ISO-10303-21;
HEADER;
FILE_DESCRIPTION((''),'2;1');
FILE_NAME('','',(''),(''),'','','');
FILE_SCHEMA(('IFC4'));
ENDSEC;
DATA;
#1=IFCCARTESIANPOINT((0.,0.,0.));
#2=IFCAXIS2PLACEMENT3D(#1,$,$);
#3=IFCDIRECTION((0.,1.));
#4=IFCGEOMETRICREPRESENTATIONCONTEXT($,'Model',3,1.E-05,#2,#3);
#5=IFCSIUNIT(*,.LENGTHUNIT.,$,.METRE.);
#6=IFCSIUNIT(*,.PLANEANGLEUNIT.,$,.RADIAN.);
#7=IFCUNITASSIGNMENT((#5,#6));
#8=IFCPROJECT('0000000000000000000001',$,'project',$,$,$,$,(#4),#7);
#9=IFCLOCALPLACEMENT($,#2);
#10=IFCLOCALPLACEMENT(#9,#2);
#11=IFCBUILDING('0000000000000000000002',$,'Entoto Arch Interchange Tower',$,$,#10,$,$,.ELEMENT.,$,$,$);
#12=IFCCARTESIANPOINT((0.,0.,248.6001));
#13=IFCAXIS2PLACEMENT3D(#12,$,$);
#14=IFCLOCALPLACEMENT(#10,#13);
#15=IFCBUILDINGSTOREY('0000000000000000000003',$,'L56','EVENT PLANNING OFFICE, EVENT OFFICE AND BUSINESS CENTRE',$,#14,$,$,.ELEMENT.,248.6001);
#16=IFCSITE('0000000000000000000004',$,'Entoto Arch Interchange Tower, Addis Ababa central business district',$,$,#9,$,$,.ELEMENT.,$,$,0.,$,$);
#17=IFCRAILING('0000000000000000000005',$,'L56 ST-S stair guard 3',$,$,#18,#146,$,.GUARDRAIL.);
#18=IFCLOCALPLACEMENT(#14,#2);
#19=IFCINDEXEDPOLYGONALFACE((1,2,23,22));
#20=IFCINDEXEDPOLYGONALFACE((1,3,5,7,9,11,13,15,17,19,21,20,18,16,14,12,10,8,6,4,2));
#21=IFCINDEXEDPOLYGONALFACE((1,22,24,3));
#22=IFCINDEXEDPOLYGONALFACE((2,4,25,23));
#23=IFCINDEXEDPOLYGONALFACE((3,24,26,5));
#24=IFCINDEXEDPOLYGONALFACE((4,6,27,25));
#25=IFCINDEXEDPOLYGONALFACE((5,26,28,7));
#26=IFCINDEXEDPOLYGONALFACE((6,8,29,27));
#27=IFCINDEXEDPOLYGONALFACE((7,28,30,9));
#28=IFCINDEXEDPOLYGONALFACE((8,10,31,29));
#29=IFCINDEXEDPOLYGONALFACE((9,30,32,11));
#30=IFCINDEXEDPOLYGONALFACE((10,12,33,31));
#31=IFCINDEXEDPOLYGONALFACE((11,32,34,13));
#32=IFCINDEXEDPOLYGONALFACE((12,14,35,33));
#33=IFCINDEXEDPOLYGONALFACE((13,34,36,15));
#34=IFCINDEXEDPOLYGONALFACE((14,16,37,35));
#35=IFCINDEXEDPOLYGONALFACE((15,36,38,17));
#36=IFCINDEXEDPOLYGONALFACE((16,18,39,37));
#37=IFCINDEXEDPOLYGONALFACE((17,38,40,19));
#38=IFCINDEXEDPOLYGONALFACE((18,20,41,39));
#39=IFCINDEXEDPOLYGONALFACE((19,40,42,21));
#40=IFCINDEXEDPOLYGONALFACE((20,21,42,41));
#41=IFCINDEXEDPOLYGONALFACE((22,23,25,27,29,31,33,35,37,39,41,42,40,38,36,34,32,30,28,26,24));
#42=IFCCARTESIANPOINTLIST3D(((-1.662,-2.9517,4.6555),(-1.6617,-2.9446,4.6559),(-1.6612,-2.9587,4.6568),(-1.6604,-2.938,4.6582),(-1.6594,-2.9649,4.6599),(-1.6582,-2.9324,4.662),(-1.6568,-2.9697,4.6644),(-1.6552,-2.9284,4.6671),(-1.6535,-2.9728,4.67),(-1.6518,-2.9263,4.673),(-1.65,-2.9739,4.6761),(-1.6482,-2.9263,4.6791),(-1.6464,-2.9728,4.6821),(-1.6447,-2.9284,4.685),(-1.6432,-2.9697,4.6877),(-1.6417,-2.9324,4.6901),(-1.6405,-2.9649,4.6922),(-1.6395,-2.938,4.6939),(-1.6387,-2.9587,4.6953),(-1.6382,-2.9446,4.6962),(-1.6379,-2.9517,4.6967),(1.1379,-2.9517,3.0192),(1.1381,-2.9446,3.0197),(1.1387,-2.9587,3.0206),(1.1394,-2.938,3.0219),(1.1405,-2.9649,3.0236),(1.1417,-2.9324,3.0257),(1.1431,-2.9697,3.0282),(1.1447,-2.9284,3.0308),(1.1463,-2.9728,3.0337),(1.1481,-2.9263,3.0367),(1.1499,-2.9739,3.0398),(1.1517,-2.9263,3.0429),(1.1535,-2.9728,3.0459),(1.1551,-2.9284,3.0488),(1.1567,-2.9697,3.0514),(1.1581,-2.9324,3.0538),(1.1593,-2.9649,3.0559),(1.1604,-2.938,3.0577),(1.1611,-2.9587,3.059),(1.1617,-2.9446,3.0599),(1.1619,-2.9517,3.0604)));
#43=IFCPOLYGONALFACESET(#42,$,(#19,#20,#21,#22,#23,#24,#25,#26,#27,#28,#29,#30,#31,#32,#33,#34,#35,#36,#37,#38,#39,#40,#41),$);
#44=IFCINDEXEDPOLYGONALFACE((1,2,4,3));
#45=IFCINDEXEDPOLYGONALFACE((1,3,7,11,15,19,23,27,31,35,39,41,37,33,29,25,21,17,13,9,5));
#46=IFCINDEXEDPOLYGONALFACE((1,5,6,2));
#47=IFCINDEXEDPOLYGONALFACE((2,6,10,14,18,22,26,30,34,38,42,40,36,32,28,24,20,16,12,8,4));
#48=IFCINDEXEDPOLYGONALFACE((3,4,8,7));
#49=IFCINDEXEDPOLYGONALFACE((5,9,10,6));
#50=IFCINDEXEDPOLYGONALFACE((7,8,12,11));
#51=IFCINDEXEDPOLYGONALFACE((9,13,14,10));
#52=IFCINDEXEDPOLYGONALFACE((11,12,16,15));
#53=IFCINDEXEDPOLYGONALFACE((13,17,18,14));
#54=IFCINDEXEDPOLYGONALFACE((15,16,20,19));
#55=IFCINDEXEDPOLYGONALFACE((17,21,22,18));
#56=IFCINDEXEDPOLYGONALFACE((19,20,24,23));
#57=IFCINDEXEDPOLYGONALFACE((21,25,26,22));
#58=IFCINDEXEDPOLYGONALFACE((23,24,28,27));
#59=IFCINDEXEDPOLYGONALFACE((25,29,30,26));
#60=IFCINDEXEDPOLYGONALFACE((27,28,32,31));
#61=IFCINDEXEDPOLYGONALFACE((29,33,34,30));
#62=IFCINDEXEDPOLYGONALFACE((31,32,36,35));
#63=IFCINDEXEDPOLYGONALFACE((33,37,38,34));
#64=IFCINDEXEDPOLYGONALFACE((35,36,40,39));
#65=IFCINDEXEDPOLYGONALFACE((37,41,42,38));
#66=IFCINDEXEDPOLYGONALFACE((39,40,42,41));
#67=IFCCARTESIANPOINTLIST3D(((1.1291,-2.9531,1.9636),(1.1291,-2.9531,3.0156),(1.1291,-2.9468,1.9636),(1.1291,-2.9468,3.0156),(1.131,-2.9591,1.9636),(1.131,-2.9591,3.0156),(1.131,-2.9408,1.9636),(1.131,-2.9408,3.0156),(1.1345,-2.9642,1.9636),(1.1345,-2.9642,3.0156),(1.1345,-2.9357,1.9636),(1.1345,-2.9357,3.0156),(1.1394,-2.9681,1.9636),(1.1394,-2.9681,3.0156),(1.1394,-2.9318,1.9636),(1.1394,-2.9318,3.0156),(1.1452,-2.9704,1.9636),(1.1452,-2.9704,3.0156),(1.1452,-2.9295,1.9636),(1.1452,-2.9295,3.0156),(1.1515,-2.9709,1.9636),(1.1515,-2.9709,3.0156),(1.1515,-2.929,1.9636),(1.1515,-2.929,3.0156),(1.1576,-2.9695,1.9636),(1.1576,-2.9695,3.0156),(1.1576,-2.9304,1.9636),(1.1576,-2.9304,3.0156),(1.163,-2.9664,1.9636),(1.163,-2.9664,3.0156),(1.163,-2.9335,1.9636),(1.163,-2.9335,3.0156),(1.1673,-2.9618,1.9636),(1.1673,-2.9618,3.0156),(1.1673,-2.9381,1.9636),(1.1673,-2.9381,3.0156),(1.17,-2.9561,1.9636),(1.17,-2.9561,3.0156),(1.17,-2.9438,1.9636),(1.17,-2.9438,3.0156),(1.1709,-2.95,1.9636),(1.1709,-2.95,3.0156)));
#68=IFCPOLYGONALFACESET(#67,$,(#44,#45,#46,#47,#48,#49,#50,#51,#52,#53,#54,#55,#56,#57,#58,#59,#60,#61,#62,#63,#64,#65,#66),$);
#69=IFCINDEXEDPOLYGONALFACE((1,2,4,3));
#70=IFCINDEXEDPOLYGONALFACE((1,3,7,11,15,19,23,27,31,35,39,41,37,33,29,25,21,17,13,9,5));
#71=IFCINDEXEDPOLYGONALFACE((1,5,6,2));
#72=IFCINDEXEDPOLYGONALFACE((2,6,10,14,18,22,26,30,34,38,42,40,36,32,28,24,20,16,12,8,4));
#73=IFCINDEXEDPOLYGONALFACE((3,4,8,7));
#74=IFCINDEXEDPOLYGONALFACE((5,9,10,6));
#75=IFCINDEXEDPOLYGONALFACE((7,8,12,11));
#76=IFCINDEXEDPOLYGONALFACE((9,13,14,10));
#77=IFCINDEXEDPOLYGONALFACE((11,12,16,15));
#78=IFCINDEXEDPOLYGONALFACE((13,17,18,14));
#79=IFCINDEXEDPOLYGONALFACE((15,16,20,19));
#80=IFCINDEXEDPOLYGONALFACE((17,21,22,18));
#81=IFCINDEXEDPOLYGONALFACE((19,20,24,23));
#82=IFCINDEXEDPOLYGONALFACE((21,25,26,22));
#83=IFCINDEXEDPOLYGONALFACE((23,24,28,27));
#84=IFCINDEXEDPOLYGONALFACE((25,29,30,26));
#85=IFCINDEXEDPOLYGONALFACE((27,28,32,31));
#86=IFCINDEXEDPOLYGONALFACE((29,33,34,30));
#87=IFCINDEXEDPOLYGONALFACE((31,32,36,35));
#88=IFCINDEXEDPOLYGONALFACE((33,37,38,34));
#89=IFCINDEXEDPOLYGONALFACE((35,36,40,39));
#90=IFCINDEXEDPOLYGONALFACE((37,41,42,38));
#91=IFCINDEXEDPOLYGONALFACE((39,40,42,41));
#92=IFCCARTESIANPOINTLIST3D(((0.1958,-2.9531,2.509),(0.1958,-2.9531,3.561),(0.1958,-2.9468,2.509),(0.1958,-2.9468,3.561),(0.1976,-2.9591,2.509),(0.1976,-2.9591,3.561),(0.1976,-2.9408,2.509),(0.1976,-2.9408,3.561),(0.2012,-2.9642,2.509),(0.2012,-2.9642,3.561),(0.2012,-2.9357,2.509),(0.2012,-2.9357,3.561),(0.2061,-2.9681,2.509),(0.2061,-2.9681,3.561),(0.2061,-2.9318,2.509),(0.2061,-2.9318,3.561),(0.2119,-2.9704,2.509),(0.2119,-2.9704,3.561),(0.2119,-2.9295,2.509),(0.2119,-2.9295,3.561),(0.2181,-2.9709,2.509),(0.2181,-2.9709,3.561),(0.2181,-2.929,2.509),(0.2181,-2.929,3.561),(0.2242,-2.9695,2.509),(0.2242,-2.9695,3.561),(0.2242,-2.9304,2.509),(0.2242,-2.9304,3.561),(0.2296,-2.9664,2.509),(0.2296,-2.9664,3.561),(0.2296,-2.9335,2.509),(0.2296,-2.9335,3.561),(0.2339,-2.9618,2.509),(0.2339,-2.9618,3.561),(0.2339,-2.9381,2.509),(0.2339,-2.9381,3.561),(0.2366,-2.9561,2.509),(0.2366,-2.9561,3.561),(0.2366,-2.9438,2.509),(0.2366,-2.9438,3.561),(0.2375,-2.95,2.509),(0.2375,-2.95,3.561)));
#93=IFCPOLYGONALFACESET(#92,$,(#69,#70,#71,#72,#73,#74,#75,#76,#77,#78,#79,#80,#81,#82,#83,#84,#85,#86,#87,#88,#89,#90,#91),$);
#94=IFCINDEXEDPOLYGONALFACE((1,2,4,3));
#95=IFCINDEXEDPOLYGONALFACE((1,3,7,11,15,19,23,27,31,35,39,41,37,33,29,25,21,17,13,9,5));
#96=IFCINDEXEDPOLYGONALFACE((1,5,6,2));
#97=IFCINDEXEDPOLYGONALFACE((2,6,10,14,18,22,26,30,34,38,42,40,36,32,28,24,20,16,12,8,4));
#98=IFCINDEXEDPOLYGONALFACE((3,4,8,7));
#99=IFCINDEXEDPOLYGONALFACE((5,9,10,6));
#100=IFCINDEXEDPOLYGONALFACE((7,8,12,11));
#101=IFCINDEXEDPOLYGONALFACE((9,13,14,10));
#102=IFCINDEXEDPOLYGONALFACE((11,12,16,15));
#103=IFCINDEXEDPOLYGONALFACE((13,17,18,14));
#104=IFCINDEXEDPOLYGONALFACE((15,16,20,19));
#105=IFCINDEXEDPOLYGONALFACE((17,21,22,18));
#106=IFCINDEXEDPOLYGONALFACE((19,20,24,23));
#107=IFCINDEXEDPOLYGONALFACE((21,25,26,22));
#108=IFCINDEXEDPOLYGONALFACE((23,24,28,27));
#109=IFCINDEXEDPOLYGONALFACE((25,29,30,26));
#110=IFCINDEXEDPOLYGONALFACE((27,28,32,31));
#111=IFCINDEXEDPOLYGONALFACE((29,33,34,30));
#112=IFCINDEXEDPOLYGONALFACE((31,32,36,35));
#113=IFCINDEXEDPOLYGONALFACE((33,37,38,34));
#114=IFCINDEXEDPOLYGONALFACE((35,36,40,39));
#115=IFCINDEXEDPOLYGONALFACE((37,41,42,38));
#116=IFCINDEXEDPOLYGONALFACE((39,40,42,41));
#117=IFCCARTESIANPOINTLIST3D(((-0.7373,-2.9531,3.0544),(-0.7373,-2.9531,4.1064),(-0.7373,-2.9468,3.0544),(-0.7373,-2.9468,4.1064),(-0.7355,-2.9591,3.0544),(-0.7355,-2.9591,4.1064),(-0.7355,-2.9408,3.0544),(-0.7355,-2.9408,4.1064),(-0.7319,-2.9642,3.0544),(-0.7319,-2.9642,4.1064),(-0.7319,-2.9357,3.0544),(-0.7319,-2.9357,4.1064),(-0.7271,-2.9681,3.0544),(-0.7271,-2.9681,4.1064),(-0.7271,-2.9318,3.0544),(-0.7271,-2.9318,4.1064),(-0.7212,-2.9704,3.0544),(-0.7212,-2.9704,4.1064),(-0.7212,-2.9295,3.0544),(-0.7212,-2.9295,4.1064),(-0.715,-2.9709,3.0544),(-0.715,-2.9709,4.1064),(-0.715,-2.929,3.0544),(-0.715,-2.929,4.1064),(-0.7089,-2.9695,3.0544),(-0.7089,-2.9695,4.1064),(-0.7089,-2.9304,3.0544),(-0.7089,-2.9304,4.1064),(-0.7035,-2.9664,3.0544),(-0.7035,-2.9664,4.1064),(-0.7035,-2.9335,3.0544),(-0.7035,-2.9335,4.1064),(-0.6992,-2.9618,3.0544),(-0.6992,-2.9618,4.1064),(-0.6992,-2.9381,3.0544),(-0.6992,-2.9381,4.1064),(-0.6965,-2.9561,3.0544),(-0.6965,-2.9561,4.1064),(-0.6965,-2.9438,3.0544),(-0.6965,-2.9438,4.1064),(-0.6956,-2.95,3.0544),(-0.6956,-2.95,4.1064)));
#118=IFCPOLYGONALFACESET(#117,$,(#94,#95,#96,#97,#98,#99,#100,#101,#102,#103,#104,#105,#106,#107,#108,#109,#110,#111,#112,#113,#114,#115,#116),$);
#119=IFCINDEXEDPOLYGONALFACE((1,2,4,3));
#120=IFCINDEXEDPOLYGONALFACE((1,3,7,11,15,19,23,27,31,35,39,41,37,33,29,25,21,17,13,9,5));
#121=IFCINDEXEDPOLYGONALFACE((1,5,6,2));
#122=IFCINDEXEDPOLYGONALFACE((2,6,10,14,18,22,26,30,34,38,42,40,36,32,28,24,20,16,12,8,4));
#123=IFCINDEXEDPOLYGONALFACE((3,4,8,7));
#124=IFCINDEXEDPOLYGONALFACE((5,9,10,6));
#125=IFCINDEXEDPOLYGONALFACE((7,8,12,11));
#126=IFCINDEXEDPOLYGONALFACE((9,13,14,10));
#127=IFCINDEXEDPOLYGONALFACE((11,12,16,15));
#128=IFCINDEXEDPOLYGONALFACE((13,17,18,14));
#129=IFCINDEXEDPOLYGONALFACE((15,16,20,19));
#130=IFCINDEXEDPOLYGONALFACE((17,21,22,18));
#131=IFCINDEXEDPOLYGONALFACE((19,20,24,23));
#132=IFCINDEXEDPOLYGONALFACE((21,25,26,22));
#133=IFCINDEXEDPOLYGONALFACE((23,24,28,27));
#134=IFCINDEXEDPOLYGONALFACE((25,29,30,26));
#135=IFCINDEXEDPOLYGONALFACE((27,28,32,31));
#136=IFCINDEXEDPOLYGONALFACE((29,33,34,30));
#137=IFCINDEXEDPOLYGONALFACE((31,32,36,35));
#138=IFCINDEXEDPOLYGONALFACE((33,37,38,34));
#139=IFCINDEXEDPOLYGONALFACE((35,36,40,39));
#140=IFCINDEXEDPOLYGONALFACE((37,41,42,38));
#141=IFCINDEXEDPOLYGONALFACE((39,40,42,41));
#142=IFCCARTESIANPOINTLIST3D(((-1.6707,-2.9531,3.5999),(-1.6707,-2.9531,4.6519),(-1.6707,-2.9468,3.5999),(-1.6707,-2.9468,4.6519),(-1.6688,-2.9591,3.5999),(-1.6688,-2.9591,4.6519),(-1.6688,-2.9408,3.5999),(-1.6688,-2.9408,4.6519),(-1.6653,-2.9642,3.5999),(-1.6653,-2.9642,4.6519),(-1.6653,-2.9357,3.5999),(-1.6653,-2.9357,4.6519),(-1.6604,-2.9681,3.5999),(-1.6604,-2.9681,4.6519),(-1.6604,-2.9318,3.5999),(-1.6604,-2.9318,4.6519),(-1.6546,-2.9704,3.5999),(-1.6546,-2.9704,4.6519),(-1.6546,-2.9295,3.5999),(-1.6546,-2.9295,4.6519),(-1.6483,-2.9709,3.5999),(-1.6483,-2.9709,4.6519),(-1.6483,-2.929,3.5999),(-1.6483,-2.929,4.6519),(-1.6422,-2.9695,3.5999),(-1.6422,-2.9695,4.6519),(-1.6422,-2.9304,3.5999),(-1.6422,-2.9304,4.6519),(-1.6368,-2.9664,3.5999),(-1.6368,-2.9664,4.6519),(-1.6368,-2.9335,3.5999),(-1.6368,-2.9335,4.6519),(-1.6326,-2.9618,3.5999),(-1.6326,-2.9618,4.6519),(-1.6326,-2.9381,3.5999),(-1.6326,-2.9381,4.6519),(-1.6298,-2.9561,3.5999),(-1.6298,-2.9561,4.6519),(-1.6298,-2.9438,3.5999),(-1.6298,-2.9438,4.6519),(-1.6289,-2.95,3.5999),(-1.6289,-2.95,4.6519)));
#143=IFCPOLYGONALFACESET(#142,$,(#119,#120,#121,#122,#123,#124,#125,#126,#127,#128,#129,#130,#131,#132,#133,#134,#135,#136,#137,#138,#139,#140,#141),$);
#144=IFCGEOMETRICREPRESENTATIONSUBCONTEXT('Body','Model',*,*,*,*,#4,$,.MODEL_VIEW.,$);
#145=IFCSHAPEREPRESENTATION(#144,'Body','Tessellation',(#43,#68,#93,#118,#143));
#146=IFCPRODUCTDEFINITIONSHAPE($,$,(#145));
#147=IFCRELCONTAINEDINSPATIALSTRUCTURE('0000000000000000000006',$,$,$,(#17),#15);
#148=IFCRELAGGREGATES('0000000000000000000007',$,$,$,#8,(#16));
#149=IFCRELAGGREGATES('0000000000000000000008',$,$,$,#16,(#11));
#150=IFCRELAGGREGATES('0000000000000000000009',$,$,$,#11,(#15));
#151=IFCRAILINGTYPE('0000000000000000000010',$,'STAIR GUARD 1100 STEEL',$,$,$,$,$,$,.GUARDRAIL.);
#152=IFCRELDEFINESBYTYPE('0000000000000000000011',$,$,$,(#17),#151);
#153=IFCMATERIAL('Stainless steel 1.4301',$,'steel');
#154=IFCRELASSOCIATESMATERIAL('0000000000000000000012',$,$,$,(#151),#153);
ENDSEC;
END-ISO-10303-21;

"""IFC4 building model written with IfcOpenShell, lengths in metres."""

from ifc_helpers import new_model, si_unit, direction, frame, origin, origin_2d, place, context, subcontext, project, spatial, circle, extrude, material, type_object, element, save


model = new_model("IFC4")

# Units and contexts
model_context = context("Model", 3, precision=1e-05, world=origin(), true_north=direction((0.0, 1.0)))
body_context = subcontext(model_context, "Body", "Model", "MODEL_VIEW")
ifc_project = project(units=[si_unit("LENGTHUNIT", "METRE"), si_unit("PLANEANGLEUNIT", "RADIAN")], contexts=[model_context])

# Site, building, storey
site_placement = place(None, origin())
site = spatial("IfcSite", under=ifc_project, at=site_placement, Name="Entoto Arch Interchange Tower, Addis Ababa central business district", CompositionType="ELEMENT", RefElevation=0.0)
building_placement = place(site_placement, origin())
building = spatial("IfcBuilding", under=site, at=building_placement, Name="Entoto Arch Interchange Tower", CompositionType="ELEMENT")
storey_placement = place(building_placement, frame((0.0, 0.0, 248.6001)))
storey = spatial("IfcBuildingStorey", under=building, at=storey_placement, Name="L56", Description="EVENT PLANNING OFFICE, EVENT OFFICE AND BUSINESS CENTRE", CompositionType="ELEMENT", Elevation=248.6001)

# Railing
ifc_material_1 = material(Name="Stainless steel 1.4301", Category="steel")
railing_type_1 = type_object("IfcRailingType", Name="STAIR GUARD 1100 STEEL", PredefinedType="GUARDRAIL", material=ifc_material_1)
railing_1_placement = place(storey_placement, frame((1.1499, -2.95, 1.9636)))
element("IfcRailing", 1, at=railing_1_placement, inside=storey, type_object=railing_type_1, Name="L56 ST-S stair guard 3", PredefinedType="GUARDRAIL", context=body_context, shape_type="SweptSolid", body=[
    extrude(circle(Radius=0.0239, at=origin_2d()), frame((0.0, 0.0, 1.0762), z_axis=(-0.863374, 0.0, 0.504564), x_axis=(0.0, -1.0, 0.0)), (0.0, 0.0, 1.0), 3.2429),
    extrude(circle(Radius=0.021, at=origin_2d()), origin(), (0.0, 0.0, 1.0), 1.052),
    extrude(circle(Radius=0.021, at=origin_2d()), frame((-0.9333, 0.0, 0.5454)), (0.0, 0.0, 1.0), 1.052),
    extrude(circle(Radius=0.021, at=origin_2d()), frame((-1.8665, 0.0, 1.0908)), (0.0, 0.0, 1.0), 1.052),
    extrude(circle(Radius=0.021, at=origin_2d()), frame((-2.7998, 0.0, 1.6362)), (0.0, 0.0, 1.0), 1.052),
])

save(model, "model.ifc")
